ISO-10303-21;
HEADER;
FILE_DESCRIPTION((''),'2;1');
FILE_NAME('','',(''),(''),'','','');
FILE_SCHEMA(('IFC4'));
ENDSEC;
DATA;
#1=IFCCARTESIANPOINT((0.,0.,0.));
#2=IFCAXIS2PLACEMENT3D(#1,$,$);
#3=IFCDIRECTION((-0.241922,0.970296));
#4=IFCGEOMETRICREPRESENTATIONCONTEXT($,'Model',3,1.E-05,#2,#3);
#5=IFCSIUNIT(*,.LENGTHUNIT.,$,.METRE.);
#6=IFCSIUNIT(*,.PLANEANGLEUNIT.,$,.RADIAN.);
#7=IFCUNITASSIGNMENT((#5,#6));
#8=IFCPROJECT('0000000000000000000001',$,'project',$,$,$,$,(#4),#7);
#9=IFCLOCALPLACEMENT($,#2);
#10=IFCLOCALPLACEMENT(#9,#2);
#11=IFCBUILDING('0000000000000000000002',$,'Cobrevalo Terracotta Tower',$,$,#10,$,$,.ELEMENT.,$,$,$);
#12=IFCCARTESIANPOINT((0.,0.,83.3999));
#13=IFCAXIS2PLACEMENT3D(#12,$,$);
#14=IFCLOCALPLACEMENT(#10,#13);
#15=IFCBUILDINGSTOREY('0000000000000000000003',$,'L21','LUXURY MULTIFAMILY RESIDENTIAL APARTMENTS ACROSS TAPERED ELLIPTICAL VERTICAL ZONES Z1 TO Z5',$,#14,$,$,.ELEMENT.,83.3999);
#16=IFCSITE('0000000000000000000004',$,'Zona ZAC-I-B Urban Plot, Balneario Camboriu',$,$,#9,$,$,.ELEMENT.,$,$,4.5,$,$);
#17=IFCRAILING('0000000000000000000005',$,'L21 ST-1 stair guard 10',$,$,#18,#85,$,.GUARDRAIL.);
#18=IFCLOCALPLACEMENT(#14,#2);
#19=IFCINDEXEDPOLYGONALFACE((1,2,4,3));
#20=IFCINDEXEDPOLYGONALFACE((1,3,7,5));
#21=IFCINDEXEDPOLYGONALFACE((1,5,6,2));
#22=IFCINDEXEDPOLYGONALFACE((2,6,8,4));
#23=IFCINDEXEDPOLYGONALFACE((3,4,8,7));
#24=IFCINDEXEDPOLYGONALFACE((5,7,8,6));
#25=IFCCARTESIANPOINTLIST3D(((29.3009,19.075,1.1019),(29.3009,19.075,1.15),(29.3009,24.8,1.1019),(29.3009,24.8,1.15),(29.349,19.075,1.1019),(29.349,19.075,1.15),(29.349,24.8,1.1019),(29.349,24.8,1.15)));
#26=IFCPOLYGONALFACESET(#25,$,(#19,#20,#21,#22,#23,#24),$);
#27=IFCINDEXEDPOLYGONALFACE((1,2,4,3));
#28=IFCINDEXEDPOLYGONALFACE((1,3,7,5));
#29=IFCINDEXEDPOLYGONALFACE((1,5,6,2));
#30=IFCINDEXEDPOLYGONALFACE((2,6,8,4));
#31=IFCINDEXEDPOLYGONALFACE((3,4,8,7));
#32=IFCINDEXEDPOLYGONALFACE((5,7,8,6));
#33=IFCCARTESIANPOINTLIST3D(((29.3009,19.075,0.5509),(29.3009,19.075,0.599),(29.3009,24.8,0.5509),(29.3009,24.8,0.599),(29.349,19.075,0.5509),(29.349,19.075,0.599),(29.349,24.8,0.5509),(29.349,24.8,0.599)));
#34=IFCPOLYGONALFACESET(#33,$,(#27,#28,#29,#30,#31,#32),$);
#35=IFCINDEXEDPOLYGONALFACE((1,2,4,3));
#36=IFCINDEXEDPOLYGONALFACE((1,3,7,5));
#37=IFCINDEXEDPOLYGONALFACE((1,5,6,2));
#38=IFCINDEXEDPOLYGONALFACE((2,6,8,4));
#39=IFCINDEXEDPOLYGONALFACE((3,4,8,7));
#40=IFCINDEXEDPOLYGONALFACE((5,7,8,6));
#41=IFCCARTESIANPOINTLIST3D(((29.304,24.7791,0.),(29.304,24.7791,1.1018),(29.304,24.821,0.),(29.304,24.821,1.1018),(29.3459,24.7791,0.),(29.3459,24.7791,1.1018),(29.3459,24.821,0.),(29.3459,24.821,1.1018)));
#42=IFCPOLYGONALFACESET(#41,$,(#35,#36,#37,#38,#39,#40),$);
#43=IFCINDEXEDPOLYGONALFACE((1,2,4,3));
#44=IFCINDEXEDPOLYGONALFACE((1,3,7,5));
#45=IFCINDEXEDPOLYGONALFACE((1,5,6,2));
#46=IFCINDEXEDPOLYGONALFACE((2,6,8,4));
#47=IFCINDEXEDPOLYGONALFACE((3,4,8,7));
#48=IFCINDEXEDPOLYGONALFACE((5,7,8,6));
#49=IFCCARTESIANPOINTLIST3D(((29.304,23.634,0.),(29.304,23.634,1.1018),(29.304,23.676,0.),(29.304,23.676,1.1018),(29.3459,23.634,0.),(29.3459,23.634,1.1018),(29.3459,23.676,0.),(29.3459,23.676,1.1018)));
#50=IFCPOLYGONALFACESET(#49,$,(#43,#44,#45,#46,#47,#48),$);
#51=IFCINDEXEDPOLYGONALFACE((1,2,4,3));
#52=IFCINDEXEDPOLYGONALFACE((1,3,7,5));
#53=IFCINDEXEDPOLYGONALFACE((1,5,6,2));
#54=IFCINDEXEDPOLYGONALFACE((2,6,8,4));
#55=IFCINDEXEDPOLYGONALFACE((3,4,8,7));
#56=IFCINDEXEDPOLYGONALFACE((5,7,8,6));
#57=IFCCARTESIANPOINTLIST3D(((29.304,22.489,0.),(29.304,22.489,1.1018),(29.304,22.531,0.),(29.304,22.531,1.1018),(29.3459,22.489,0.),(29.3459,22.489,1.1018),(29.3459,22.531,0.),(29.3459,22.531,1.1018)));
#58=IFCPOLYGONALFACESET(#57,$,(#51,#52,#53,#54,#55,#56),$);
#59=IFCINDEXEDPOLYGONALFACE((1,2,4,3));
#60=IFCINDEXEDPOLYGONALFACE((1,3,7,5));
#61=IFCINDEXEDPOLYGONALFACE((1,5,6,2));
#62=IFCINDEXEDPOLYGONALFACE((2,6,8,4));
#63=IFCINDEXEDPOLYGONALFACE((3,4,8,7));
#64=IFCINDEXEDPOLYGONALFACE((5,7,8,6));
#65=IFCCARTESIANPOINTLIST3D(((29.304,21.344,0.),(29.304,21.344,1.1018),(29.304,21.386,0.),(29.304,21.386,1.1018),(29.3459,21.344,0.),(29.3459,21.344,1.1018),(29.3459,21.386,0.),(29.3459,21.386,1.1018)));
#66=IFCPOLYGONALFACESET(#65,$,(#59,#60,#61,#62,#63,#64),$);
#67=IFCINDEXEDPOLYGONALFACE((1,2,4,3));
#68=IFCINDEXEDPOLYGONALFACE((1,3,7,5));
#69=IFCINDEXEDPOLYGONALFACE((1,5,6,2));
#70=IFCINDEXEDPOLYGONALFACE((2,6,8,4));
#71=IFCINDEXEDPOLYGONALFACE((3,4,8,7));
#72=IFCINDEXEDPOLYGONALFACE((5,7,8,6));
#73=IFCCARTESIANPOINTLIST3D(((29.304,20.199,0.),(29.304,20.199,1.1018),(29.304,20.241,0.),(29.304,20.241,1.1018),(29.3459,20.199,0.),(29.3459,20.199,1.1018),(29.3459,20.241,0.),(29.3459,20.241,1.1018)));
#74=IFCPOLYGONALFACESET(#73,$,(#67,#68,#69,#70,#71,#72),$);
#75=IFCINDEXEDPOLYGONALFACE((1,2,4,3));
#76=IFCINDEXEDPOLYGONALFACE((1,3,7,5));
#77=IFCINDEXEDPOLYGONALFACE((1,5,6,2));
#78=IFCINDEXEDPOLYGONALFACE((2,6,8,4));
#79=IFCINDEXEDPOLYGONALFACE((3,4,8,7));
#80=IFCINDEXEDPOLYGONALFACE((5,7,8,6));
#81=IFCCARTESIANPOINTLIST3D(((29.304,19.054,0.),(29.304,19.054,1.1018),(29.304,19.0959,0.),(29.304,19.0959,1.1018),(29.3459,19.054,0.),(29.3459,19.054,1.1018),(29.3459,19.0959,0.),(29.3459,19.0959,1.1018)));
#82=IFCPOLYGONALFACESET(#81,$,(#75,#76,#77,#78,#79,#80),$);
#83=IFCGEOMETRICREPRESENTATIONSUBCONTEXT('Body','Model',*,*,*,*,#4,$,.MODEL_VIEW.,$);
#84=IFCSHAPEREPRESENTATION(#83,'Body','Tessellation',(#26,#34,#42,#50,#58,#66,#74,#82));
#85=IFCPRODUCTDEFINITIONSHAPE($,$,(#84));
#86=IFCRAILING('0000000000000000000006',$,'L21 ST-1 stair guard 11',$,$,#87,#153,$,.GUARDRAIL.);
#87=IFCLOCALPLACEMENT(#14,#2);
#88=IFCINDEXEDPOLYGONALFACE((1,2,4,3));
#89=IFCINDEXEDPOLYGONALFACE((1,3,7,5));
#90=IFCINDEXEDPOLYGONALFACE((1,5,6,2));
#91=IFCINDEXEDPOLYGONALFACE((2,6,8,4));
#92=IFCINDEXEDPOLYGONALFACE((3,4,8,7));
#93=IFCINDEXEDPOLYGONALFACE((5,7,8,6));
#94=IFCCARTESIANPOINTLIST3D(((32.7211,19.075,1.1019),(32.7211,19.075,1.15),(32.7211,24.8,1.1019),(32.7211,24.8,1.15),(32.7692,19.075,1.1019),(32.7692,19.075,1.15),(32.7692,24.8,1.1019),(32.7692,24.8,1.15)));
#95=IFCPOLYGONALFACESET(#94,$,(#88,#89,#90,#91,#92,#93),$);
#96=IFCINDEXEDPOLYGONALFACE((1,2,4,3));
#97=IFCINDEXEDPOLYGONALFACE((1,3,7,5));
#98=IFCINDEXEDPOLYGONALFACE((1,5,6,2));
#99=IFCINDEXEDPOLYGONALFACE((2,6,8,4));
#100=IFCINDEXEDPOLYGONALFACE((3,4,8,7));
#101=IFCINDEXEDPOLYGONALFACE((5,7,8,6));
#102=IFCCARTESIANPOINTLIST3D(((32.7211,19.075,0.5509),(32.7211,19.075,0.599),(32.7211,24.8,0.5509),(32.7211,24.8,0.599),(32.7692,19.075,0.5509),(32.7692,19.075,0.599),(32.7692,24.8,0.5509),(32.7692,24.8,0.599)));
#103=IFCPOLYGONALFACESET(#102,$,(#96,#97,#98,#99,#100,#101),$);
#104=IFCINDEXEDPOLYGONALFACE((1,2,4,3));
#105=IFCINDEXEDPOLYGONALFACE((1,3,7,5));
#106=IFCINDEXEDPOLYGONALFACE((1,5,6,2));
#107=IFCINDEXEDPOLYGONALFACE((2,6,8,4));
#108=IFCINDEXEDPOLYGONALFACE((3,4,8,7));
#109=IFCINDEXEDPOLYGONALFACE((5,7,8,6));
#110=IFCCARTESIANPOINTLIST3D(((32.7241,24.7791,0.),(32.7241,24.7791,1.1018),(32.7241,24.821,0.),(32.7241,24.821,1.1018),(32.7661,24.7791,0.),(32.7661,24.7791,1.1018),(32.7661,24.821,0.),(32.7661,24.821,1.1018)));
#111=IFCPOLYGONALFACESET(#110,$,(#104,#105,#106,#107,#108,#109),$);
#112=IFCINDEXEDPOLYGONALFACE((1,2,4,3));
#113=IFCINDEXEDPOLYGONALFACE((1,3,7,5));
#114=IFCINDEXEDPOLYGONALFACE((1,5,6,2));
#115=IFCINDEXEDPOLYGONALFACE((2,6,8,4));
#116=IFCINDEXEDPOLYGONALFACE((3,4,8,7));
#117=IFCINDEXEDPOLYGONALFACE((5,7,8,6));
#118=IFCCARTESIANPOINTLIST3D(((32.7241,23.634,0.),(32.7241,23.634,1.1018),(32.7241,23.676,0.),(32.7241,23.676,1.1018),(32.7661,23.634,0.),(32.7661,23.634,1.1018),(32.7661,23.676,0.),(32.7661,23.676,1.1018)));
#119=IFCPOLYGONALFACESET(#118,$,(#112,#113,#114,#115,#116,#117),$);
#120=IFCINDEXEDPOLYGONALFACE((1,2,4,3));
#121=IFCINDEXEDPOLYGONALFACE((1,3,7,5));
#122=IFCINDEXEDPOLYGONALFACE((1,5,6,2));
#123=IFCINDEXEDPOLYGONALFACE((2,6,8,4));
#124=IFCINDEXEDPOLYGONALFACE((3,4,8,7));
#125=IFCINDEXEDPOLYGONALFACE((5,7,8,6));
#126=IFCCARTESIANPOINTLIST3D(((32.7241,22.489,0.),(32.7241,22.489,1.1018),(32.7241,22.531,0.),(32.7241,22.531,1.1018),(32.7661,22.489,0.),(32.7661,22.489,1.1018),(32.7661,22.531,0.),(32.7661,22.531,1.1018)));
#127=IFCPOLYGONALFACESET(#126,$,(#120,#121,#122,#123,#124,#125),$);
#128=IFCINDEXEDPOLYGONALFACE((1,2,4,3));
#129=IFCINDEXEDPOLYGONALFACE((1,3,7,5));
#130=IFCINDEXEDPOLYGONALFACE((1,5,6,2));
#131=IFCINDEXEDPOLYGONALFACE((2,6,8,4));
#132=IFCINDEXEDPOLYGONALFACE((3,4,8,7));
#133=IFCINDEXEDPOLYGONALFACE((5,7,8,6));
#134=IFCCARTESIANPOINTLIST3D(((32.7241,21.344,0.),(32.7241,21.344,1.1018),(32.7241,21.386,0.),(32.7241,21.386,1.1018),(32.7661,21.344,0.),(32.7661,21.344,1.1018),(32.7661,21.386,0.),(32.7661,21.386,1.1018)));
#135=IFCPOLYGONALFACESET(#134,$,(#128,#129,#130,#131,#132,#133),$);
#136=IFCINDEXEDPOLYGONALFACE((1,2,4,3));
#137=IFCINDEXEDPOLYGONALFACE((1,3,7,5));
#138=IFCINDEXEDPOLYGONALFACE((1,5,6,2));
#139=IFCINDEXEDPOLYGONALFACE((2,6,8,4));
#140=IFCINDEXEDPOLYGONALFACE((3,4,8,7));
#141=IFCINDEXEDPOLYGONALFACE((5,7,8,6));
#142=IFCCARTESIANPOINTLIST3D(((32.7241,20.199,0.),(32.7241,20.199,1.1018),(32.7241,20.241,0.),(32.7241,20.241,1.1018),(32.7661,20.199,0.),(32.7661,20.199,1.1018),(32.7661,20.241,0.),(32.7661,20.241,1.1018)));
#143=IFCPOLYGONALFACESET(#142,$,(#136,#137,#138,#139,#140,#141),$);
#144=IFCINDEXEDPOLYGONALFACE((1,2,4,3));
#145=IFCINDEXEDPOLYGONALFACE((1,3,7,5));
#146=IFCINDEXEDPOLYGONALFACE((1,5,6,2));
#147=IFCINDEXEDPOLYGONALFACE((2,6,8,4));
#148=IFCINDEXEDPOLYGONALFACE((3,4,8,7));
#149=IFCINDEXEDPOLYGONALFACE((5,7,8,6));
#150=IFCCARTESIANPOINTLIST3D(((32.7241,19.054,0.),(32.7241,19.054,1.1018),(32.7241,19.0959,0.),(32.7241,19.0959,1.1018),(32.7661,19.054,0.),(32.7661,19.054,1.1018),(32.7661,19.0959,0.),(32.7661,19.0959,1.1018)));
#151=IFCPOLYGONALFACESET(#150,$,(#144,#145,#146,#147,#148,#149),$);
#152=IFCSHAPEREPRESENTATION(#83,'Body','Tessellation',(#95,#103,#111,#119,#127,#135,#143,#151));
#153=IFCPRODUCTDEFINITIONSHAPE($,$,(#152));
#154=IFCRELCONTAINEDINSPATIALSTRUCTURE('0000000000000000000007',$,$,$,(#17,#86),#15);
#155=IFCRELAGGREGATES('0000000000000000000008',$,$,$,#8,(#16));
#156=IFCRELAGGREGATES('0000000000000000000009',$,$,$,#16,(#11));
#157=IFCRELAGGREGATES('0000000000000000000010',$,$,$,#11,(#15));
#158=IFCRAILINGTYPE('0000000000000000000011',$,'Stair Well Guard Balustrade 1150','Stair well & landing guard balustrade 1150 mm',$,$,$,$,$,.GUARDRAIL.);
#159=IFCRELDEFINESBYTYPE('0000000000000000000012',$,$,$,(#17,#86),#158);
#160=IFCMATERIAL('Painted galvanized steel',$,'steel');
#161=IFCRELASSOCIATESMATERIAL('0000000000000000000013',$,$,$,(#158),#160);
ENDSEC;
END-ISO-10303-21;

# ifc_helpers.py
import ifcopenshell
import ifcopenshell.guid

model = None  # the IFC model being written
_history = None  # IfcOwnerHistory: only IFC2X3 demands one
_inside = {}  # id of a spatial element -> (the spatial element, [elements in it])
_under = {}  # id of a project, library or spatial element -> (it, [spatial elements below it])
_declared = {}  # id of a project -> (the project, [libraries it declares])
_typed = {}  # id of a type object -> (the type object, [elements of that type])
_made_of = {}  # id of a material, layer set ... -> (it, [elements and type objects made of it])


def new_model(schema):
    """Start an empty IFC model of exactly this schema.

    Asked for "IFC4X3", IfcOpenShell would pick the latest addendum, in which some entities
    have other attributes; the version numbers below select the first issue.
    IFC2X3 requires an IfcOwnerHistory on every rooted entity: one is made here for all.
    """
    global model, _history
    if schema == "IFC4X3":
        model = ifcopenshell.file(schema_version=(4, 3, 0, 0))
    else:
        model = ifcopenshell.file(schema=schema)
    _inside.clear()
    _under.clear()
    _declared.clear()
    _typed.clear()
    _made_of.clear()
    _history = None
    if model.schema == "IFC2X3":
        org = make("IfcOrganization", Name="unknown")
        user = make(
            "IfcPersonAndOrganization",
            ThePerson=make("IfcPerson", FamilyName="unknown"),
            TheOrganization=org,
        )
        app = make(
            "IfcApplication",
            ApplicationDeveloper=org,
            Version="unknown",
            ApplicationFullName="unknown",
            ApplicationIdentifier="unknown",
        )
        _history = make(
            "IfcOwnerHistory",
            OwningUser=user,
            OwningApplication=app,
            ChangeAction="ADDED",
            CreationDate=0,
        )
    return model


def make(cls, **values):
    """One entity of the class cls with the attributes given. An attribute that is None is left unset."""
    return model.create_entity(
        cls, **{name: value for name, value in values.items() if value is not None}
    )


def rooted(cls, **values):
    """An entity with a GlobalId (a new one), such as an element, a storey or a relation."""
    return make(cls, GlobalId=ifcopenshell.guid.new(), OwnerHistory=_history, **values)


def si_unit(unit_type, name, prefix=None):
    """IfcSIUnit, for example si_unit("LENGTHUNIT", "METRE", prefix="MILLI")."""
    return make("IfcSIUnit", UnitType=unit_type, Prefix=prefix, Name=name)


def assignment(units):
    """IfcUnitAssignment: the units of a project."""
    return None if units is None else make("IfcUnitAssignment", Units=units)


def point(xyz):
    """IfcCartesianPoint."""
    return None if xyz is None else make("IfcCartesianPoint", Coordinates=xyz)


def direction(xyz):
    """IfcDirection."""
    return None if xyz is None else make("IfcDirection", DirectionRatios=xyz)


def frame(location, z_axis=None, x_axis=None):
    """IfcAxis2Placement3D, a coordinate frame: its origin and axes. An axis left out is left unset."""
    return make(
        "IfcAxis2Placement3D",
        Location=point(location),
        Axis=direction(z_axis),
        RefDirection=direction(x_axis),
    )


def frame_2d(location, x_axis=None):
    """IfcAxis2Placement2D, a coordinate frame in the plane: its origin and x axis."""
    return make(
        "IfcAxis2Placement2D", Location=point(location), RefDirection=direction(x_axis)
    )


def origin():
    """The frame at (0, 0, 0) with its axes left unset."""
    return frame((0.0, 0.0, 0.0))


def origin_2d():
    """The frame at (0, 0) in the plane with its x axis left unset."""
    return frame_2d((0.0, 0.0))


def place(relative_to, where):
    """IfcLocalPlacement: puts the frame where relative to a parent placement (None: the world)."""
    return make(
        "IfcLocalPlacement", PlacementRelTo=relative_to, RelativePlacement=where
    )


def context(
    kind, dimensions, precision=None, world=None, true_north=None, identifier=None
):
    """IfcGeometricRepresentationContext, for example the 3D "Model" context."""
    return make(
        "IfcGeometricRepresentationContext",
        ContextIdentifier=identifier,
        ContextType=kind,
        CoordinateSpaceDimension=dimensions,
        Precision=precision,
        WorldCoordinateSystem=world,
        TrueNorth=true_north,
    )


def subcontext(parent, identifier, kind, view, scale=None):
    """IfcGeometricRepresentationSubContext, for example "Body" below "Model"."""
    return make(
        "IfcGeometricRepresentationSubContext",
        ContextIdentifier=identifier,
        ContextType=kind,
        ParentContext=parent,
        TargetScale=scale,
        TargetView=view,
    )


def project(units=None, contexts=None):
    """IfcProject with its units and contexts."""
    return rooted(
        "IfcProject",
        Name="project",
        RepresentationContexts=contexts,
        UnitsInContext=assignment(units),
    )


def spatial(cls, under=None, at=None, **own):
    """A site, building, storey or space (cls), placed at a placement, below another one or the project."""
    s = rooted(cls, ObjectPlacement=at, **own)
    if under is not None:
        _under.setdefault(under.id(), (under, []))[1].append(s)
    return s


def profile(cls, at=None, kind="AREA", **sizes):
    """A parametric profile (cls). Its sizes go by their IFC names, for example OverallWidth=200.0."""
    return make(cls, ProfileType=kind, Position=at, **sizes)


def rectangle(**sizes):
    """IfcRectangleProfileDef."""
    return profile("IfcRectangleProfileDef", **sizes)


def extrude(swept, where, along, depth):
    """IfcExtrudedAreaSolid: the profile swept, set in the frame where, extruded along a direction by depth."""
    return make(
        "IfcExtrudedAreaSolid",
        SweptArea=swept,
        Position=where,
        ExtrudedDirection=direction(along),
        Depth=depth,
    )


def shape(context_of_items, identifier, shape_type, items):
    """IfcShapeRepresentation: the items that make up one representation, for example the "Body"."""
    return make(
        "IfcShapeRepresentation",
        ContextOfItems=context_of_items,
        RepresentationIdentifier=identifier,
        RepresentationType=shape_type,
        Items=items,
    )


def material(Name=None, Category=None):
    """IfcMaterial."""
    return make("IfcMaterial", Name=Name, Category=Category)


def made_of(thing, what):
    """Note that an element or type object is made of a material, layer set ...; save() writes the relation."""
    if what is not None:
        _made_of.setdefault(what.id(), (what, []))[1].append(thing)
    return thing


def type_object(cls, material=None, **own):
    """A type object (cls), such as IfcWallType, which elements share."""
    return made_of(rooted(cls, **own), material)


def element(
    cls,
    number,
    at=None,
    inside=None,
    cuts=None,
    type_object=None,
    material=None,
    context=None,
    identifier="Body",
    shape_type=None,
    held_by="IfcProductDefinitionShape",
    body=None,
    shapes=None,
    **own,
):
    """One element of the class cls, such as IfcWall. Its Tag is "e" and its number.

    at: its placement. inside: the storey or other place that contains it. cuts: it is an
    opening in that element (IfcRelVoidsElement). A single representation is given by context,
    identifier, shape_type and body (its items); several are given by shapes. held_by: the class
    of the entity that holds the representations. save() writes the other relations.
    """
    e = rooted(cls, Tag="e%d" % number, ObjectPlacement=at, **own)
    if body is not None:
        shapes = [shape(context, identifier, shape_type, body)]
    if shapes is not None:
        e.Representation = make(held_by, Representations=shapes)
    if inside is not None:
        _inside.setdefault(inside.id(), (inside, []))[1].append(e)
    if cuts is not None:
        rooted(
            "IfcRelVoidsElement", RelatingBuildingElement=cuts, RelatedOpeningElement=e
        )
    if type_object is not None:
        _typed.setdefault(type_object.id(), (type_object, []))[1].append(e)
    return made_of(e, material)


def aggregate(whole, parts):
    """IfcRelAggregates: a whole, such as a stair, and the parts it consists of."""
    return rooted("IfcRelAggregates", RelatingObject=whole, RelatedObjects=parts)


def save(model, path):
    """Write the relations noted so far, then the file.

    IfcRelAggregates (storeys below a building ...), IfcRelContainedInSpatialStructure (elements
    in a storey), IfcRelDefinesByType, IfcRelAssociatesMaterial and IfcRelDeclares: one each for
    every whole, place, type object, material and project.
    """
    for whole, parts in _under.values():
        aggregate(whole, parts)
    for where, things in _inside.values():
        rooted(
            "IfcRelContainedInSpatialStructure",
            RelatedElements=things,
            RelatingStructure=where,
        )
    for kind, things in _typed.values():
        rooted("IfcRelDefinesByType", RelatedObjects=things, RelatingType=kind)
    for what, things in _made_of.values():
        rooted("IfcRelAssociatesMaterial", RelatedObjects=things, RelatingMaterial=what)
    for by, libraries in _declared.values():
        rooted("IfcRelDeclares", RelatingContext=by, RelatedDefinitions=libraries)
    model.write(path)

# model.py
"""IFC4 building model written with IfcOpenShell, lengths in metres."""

from ifc_helpers import new_model, si_unit, direction, frame, origin, origin_2d, place, context, subcontext, project, spatial, rectangle, extrude, material, type_object, element, save


model = new_model("IFC4")

# Units and contexts
model_context = context("Model", 3, precision=1e-05, world=origin(), true_north=direction((-0.241922, 0.970296)))
body_context = subcontext(model_context, "Body", "Model", "MODEL_VIEW")
ifc_project = project(units=[si_unit("LENGTHUNIT", "METRE"), si_unit("PLANEANGLEUNIT", "RADIAN")], contexts=[model_context])

# Site, building, storey
site_placement = place(None, origin())
site = spatial("IfcSite", under=ifc_project, at=site_placement, Name="Zona ZAC-I-B Urban Plot, Balneario Camboriu", CompositionType="ELEMENT", RefElevation=4.5)
building_placement = place(site_placement, origin())
building = spatial("IfcBuilding", under=site, at=building_placement, Name="Cobrevalo Terracotta Tower", CompositionType="ELEMENT")
storey_placement = place(building_placement, frame((0.0, 0.0, 83.3999)))
storey = spatial("IfcBuildingStorey", under=building, at=storey_placement, Name="L21", Description="LUXURY MULTIFAMILY RESIDENTIAL APARTMENTS ACROSS TAPERED ELLIPTICAL VERTICAL ZONES Z1 TO Z5", CompositionType="ELEMENT", Elevation=83.3999)

# Railings
ifc_material_1 = material(Name="Painted galvanized steel", Category="steel")
railing_type_1 = type_object("IfcRailingType", Name="Stair Well Guard Balustrade 1150", Description="Stair well & landing guard balustrade 1150 mm", PredefinedType="GUARDRAIL", material=ifc_material_1)
for number, where, name in (
    (1, (29.325, 24.8, 0.0), "L21 ST-1 stair guard 10"),
    (2, (32.7451, 24.8, 0.0), "L21 ST-1 stair guard 11"),
):
    element("IfcRailing", number, at=place(storey_placement, frame(where)), inside=storey, type_object=railing_type_1, Name=name, PredefinedType="GUARDRAIL", context=body_context, shape_type="SweptSolid", body=[
        extrude(rectangle(XDim=0.0481, YDim=0.0481, at=origin_2d()), frame((0.0, 0.0, 1.126), z_axis=(0.0, -1.0, 0.0), x_axis=(1.0, 0.0, 0.0)), (0.0, 0.0, 1.0), 5.7251),
        extrude(rectangle(XDim=0.0481, YDim=0.0481, at=origin_2d()), frame((0.0, 0.0, 0.575), z_axis=(0.0, -1.0, 0.0), x_axis=(1.0, 0.0, 0.0)), (0.0, 0.0, 1.0), 5.7251),
        extrude(rectangle(XDim=0.042, YDim=0.042, at=origin_2d()), origin(), (0.0, 0.0, 1.0), 1.1018),
        extrude(rectangle(XDim=0.042, YDim=0.042, at=origin_2d()), frame((0.0, -1.145, 0.0)), (0.0, 0.0, 1.0), 1.1018),
        extrude(rectangle(XDim=0.042, YDim=0.042, at=origin_2d()), frame((0.0, -2.29, 0.0)), (0.0, 0.0, 1.0), 1.1018),
        extrude(rectangle(XDim=0.042, YDim=0.042, at=origin_2d()), frame((0.0, -3.4351, 0.0)), (0.0, 0.0, 1.0), 1.1018),
        extrude(rectangle(XDim=0.042, YDim=0.042, at=origin_2d()), frame((0.0, -4.5801, 0.0)), (0.0, 0.0, 1.0), 1.1018),
        extrude(rectangle(XDim=0.042, YDim=0.042, at=origin_2d()), frame((0.0, -5.7251, 0.0)), (0.0, 0.0, 1.0), 1.1018),
    ])

save(model, "model.ifc")
